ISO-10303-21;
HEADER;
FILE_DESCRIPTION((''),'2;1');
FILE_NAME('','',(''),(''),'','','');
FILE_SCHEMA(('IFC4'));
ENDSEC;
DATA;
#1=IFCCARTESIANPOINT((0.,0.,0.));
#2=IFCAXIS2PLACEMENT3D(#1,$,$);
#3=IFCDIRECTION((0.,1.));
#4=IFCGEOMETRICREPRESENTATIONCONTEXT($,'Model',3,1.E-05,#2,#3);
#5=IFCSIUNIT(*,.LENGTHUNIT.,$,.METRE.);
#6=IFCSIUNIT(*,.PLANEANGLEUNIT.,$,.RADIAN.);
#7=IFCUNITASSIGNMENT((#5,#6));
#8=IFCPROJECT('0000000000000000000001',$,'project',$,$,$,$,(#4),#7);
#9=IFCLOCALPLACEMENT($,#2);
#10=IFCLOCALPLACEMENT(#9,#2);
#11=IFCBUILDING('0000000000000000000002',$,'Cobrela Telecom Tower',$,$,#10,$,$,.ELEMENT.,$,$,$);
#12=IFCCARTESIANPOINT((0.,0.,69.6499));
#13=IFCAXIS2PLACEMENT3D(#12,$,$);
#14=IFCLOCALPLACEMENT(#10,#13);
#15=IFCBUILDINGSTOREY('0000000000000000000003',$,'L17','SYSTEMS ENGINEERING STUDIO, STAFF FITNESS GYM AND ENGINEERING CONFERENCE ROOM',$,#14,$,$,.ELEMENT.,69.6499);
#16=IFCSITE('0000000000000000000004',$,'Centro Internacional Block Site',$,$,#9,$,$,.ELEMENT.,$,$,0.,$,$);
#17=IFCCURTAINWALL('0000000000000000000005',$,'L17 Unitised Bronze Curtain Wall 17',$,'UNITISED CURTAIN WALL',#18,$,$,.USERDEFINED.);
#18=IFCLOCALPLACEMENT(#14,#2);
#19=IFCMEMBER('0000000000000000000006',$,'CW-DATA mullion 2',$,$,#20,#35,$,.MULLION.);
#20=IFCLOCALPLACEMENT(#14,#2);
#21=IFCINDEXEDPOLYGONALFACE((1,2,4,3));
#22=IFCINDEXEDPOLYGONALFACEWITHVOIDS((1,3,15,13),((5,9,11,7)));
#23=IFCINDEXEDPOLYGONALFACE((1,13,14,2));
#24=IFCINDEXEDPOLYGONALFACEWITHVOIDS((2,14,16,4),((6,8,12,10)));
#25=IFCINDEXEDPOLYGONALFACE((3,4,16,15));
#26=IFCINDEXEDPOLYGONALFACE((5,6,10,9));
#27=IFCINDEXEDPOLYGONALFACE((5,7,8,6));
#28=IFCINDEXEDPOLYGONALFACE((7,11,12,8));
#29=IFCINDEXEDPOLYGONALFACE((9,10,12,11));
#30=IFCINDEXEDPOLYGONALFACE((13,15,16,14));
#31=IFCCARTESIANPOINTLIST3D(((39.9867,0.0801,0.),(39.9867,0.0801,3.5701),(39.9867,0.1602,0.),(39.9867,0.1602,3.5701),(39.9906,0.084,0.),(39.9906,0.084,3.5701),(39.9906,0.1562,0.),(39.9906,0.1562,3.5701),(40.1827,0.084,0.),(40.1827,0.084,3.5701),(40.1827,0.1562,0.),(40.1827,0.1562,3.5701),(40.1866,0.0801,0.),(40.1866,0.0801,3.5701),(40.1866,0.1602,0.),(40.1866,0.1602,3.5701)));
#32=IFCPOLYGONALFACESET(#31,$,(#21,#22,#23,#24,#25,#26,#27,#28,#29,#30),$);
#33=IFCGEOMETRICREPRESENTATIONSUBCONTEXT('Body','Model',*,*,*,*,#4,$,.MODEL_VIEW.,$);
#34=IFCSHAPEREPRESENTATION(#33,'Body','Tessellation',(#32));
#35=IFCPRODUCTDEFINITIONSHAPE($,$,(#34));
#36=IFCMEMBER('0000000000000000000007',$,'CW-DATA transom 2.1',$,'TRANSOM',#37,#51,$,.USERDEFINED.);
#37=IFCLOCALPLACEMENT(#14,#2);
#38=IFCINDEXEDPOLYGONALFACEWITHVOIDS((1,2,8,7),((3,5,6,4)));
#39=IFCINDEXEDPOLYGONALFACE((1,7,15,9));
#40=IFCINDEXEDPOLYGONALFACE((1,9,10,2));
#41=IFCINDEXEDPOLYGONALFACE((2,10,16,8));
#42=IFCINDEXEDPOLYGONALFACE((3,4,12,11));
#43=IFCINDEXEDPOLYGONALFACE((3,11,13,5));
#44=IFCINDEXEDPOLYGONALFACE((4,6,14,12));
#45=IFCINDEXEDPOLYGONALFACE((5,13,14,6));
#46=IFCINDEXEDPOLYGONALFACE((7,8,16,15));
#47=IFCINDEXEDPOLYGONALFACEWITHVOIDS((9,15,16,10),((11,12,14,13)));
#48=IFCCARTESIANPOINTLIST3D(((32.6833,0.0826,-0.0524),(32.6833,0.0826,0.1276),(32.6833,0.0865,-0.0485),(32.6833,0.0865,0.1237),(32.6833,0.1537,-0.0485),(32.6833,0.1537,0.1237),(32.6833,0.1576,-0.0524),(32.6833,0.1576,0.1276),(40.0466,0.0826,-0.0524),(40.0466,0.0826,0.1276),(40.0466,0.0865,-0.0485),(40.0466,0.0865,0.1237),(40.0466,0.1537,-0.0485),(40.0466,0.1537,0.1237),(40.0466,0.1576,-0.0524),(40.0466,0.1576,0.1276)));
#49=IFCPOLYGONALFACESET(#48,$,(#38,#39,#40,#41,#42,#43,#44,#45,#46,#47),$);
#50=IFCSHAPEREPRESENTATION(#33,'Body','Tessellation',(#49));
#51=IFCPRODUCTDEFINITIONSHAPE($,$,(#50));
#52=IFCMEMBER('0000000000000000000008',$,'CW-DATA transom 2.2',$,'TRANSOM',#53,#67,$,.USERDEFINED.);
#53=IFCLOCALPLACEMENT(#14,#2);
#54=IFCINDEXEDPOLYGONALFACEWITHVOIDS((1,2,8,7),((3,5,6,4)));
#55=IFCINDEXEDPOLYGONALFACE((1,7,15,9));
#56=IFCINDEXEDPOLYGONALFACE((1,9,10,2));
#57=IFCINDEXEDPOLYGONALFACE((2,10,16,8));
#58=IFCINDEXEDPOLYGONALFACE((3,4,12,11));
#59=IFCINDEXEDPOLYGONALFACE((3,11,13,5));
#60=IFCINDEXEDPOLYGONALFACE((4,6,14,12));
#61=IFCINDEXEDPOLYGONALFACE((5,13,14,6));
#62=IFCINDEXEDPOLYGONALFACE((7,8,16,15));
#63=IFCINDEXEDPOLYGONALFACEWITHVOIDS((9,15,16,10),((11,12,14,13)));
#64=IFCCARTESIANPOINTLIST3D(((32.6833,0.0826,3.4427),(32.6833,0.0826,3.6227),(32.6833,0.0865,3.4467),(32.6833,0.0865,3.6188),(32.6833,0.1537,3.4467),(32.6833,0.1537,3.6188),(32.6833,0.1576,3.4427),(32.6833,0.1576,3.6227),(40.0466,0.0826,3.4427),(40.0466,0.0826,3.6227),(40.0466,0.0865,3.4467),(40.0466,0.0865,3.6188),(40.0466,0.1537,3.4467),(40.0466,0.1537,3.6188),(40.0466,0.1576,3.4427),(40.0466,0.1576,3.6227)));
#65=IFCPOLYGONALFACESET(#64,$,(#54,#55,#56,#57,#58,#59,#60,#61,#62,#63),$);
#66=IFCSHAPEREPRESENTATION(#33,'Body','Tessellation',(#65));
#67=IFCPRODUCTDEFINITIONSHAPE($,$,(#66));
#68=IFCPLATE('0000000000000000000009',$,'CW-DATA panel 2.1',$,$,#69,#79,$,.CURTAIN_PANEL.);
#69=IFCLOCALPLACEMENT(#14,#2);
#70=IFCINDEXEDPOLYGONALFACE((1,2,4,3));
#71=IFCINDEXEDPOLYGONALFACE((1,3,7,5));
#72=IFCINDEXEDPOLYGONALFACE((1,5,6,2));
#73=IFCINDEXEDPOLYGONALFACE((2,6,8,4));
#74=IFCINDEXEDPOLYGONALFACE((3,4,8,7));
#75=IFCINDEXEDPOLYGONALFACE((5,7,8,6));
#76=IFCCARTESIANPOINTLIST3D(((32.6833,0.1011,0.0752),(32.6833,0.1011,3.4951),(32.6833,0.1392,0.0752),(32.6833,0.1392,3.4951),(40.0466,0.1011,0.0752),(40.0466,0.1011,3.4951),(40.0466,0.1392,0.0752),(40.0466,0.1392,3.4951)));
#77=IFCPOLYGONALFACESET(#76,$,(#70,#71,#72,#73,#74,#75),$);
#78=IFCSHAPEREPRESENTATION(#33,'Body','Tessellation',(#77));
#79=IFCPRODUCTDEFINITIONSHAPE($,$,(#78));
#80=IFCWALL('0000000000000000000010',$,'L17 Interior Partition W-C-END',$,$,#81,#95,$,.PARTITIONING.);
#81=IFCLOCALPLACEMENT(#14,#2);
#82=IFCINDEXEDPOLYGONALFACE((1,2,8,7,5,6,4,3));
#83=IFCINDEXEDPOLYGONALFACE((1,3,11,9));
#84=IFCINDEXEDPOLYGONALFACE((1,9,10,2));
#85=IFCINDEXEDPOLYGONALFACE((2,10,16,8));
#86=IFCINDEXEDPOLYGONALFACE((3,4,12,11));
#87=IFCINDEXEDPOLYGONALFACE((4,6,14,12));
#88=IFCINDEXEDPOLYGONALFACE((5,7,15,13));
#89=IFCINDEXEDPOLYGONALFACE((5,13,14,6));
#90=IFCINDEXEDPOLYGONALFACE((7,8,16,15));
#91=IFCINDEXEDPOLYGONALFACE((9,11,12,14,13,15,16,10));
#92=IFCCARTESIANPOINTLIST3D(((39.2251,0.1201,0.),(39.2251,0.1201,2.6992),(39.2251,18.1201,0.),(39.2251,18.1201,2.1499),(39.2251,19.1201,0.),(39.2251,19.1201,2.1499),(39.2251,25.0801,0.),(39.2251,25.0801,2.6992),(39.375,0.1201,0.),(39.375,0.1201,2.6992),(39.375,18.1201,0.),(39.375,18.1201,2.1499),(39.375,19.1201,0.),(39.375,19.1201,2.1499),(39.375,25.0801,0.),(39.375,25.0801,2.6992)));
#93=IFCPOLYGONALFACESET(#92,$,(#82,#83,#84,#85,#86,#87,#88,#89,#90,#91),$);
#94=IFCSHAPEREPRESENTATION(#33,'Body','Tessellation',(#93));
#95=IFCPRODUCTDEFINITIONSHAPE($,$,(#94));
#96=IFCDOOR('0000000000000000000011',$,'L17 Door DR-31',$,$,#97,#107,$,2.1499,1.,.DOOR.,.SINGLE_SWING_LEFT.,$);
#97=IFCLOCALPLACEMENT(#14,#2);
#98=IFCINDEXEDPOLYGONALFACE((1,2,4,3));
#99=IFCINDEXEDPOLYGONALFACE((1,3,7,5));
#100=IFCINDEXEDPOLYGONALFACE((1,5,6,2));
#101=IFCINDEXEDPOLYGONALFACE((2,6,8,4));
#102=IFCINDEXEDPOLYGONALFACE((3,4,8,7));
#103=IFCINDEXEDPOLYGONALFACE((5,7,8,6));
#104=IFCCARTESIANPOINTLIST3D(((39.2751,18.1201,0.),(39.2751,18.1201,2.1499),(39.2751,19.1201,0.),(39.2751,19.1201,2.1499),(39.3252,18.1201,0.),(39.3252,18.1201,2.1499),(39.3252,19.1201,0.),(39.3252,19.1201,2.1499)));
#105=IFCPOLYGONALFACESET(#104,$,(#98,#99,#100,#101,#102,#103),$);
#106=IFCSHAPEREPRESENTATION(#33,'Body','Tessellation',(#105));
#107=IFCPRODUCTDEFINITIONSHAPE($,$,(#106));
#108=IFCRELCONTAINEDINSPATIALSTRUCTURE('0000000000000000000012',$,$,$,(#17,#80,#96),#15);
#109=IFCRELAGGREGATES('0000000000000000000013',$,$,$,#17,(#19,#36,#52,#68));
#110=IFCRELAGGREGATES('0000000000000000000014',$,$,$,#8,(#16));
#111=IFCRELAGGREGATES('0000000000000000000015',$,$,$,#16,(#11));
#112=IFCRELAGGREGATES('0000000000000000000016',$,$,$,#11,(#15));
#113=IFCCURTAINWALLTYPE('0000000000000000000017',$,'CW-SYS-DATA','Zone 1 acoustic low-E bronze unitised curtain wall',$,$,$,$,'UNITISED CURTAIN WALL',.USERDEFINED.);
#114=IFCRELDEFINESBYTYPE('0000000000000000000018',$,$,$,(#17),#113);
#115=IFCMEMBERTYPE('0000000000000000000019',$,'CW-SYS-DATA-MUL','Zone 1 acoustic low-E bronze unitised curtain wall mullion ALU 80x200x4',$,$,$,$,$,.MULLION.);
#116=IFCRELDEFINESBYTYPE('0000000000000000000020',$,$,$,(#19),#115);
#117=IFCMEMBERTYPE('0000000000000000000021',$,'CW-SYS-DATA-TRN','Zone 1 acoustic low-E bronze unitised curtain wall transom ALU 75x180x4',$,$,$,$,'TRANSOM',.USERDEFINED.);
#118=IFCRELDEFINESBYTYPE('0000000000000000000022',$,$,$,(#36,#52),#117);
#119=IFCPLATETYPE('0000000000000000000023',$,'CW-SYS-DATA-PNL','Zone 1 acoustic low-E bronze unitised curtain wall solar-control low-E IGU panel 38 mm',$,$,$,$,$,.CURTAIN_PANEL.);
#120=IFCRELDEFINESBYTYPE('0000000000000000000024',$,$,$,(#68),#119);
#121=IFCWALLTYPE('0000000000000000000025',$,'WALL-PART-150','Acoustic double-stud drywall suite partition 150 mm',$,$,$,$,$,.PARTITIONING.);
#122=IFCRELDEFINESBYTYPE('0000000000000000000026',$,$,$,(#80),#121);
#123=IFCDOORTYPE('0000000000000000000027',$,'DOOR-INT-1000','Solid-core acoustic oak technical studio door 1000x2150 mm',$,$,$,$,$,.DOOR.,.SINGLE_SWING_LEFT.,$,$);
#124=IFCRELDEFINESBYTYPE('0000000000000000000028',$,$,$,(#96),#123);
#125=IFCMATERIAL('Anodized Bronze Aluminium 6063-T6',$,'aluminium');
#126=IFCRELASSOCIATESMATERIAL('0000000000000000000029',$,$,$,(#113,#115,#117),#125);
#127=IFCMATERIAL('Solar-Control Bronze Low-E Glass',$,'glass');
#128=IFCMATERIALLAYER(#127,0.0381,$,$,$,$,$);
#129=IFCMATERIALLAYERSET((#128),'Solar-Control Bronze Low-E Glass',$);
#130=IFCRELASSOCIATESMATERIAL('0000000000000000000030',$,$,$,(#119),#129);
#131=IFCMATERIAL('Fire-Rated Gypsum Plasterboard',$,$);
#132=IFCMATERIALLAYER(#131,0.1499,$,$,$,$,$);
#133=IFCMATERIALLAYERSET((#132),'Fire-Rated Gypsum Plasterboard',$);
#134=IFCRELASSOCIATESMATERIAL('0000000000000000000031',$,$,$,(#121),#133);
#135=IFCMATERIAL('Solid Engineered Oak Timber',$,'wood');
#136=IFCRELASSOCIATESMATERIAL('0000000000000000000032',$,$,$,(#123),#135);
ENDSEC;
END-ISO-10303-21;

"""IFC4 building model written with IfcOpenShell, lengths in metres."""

from ifc_helpers import new_model, si_unit, direction, frame, frame_2d, origin, origin_2d, place, context, subcontext, project, spatial, rectangle, hollow_rectangle, extrude, material, layer, layer_set, material_profile, profile_set, type_object, element, fill, aggregate, save


model = new_model("IFC4")

# Units and contexts
model_context = context("Model", 3, precision=1e-05, world=origin(), true_north=direction((0.0, 1.0)))
body_context = subcontext(model_context, "Body", "Model", "MODEL_VIEW")
ifc_project = project(units=[si_unit("LENGTHUNIT", "METRE"), si_unit("PLANEANGLEUNIT", "RADIAN")], contexts=[model_context])

# Site, building, storey
site_placement = place(None, origin())
site = spatial("IfcSite", under=ifc_project, at=site_placement, Name="Centro Internacional Block Site", CompositionType="ELEMENT", RefElevation=0.0)
building_placement = place(site_placement, origin())
building = spatial("IfcBuilding", under=site, at=building_placement, Name="Cobrela Telecom Tower", CompositionType="ELEMENT")
storey_placement = place(building_placement, frame((0.0, 0.0, 69.6499)))
storey = spatial("IfcBuildingStorey", under=building, at=storey_placement, Name="L17", Description="SYSTEMS ENGINEERING STUDIO, STAFF FITNESS GYM AND ENGINEERING CONFERENCE ROOM", CompositionType="ELEMENT", Elevation=69.6499)

# Curtain wall, members, plate
ifc_material_1 = material(Name="Anodized Bronze Aluminium 6063-T6", Category="aluminium")
curtain_wall_type = type_object("IfcCurtainWallType", Name="CW-SYS-DATA", Description="Zone 1 acoustic low-E bronze unitised curtain wall", ElementType="UNITISED CURTAIN WALL", PredefinedType="USERDEFINED", material=ifc_material_1)
curtain_wall_placement = place(storey_placement, origin())
curtain_wall = element("IfcCurtainWall", 1, at=curtain_wall_placement, inside=storey, type_object=curtain_wall_type, Name="L17 Unitised Bronze Curtain Wall 17", ObjectType="UNITISED CURTAIN WALL", PredefinedType="USERDEFINED")
ifc_material_profile_1 = material_profile(ifc_material_1, hollow_rectangle(XDim=0.0801, YDim=0.2, WallThickness=0.0039, at=origin_2d()), Name="ALU 80x200x4")
ifc_profile_set_1 = profile_set([ifc_material_profile_1], Name="Anodized Bronze Aluminium 6063-T6")
member_type_1 = type_object("IfcMemberType", Name="CW-SYS-DATA-MUL", Description="Zone 1 acoustic low-E bronze unitised curtain wall mullion ALU 80x200x4", PredefinedType="MULLION", material=ifc_profile_set_1)
member_1_placement = place(storey_placement, frame((40.0867, 0.1201, 0.0), z_axis=(0.0, 0.0, 1.0), x_axis=(0.0, -1.0, 0.0)))
member_1 = element("IfcMember", 2, at=member_1_placement, type_object=member_type_1, Name="CW-DATA mullion 2", PredefinedType="MULLION", context=body_context, shape_type="SweptSolid", body=[
    extrude(hollow_rectangle(XDim=0.0801, YDim=0.2, WallThickness=0.0039, at=origin_2d()), origin(), (0.0, 0.0, 1.0), 3.5701),
])
ifc_material_profile_2 = material_profile(ifc_material_1, hollow_rectangle(XDim=0.075, YDim=0.1799, WallThickness=0.0039, at=origin_2d()), Name="ALU 75x180x4")
ifc_profile_set_2 = profile_set([ifc_material_profile_2], Name="Anodized Bronze Aluminium 6063-T6")
member_type_2 = type_object("IfcMemberType", Name="CW-SYS-DATA-TRN", Description="Zone 1 acoustic low-E bronze unitised curtain wall transom ALU 75x180x4", ElementType="TRANSOM", PredefinedType="USERDEFINED", material=ifc_profile_set_2)
member_2_placement = place(storey_placement, frame((40.0466, 0.1201, 0.0376), z_axis=(-1.0, 0.0, 0.0), x_axis=(0.0, -1.0, 0.0)))
member_2 = element("IfcMember", 3, at=member_2_placement, type_object=member_type_2, Name="CW-DATA transom 2.1", ObjectType="TRANSOM", PredefinedType="USERDEFINED", context=body_context, shape_type="SweptSolid", body=[
    extrude(hollow_rectangle(XDim=0.075, YDim=0.1799, WallThickness=0.0039, at=origin_2d()), origin(), (0.0, 0.0, 1.0), 7.3633),
])
member_3_placement = place(storey_placement, frame((40.0466, 0.1201, 3.5327), z_axis=(-1.0, 0.0, 0.0), x_axis=(0.0, -1.0, 0.0)))
member_3 = element("IfcMember", 4, at=member_3_placement, type_object=member_type_2, Name="CW-DATA transom 2.2", ObjectType="TRANSOM", PredefinedType="USERDEFINED", context=body_context, shape_type="SweptSolid", body=[
    extrude(hollow_rectangle(XDim=0.075, YDim=0.1799, WallThickness=0.0039, at=origin_2d()), origin(), (0.0, 0.0, 1.0), 7.3633),
])
ifc_material_2 = material(Name="Solar-Control Bronze Low-E Glass", Category="glass")
ifc_layer_1 = layer(ifc_material_2, 0.0381)
ifc_layer_set_1 = layer_set([ifc_layer_1], Name="Solar-Control Bronze Low-E Glass")
plate_type = type_object("IfcPlateType", Name="CW-SYS-DATA-PNL", Description="Zone 1 acoustic low-E bronze unitised curtain wall solar-control low-E IGU panel 38 mm", PredefinedType="CURTAIN_PANEL", material=ifc_layer_set_1)
plate_placement = place(storey_placement, frame((36.365, 0.1201, 0.0752), z_axis=(0.0, 0.0, 1.0), x_axis=(-1.0, 0.0, 0.0)))
plate = element("IfcPlate", 5, at=plate_placement, type_object=plate_type, Name="CW-DATA panel 2.1", PredefinedType="CURTAIN_PANEL", context=body_context, shape_type="SweptSolid", body=[
    extrude(rectangle(XDim=7.3633, YDim=0.0381, at=origin_2d()), origin(), (0.0, 0.0, 1.0), 3.4199),
])
aggregate(curtain_wall, [member_1, member_2, member_3, plate])

# Wall, opening, door
ifc_material_3 = material(Name="Fire-Rated Gypsum Plasterboard")
ifc_layer_2 = layer(ifc_material_3, 0.1499)
ifc_layer_set_2 = layer_set([ifc_layer_2], Name="Fire-Rated Gypsum Plasterboard")
wall_type = type_object("IfcWallType", Name="WALL-PART-150", Description="Acoustic double-stud drywall suite partition 150 mm", PredefinedType="PARTITIONING", material=ifc_layer_set_2)
wall_placement = place(storey_placement, frame((39.3, 0.1201, 0.0), z_axis=(0.0, 0.0, 1.0), x_axis=(0.0, 1.0, 0.0)))
wall = element("IfcWall", 6, at=wall_placement, inside=storey, type_object=wall_type, Name="L17 Interior Partition W-C-END", PredefinedType="PARTITIONING", context=body_context, shape_type="SweptSolid", body=[
    extrude(rectangle(XDim=24.96, YDim=0.1499, at=frame_2d((12.48, 0.0))), origin(), (0.0, 0.0, 1.0), 2.6992),
])
opening_placement = place(wall_placement, frame((18.0, 0.0, 0.0)))
opening = element("IfcOpeningElement", 7, at=opening_placement, cuts=wall, PredefinedType="OPENING", context=body_context, shape_type="SweptSolid", body=[
    extrude(rectangle(XDim=1.0, YDim=2.1499, at=frame_2d((0.5, 1.075))), frame((0.0, 0.0869, 0.0), z_axis=(0.0, -1.0, 0.0), x_axis=(1.0, 0.0, 0.0)), (0.0, 0.0, 1.0), 0.1738),
])
ifc_material_4 = material(Name="Solid Engineered Oak Timber", Category="wood")
door_type = type_object("IfcDoorType", Name="DOOR-INT-1000", Description="Solid-core acoustic oak technical studio door 1000x2150 mm", OperationType="SINGLE_SWING_LEFT", PredefinedType="DOOR", material=ifc_material_4)
door_placement = place(opening_placement, origin())
door = element("IfcDoor", 8, at=door_placement, inside=storey, type_object=door_type, Name="L17 Door DR-31", OperationType="SINGLE_SWING_LEFT", OverallHeight=2.1499, OverallWidth=1.0, PredefinedType="DOOR", context=body_context, shape_type="SweptSolid", body=[
    extrude(rectangle(XDim=1.0, YDim=2.1499, at=frame_2d((0.5, 1.075))), frame((0.0, 0.0249, 0.0), z_axis=(0.0, -1.0, 0.0), x_axis=(1.0, 0.0, 0.0)), (0.0, 0.0, 1.0), 0.05),
])
fill(opening, door)

save(model, "model.ifc")
